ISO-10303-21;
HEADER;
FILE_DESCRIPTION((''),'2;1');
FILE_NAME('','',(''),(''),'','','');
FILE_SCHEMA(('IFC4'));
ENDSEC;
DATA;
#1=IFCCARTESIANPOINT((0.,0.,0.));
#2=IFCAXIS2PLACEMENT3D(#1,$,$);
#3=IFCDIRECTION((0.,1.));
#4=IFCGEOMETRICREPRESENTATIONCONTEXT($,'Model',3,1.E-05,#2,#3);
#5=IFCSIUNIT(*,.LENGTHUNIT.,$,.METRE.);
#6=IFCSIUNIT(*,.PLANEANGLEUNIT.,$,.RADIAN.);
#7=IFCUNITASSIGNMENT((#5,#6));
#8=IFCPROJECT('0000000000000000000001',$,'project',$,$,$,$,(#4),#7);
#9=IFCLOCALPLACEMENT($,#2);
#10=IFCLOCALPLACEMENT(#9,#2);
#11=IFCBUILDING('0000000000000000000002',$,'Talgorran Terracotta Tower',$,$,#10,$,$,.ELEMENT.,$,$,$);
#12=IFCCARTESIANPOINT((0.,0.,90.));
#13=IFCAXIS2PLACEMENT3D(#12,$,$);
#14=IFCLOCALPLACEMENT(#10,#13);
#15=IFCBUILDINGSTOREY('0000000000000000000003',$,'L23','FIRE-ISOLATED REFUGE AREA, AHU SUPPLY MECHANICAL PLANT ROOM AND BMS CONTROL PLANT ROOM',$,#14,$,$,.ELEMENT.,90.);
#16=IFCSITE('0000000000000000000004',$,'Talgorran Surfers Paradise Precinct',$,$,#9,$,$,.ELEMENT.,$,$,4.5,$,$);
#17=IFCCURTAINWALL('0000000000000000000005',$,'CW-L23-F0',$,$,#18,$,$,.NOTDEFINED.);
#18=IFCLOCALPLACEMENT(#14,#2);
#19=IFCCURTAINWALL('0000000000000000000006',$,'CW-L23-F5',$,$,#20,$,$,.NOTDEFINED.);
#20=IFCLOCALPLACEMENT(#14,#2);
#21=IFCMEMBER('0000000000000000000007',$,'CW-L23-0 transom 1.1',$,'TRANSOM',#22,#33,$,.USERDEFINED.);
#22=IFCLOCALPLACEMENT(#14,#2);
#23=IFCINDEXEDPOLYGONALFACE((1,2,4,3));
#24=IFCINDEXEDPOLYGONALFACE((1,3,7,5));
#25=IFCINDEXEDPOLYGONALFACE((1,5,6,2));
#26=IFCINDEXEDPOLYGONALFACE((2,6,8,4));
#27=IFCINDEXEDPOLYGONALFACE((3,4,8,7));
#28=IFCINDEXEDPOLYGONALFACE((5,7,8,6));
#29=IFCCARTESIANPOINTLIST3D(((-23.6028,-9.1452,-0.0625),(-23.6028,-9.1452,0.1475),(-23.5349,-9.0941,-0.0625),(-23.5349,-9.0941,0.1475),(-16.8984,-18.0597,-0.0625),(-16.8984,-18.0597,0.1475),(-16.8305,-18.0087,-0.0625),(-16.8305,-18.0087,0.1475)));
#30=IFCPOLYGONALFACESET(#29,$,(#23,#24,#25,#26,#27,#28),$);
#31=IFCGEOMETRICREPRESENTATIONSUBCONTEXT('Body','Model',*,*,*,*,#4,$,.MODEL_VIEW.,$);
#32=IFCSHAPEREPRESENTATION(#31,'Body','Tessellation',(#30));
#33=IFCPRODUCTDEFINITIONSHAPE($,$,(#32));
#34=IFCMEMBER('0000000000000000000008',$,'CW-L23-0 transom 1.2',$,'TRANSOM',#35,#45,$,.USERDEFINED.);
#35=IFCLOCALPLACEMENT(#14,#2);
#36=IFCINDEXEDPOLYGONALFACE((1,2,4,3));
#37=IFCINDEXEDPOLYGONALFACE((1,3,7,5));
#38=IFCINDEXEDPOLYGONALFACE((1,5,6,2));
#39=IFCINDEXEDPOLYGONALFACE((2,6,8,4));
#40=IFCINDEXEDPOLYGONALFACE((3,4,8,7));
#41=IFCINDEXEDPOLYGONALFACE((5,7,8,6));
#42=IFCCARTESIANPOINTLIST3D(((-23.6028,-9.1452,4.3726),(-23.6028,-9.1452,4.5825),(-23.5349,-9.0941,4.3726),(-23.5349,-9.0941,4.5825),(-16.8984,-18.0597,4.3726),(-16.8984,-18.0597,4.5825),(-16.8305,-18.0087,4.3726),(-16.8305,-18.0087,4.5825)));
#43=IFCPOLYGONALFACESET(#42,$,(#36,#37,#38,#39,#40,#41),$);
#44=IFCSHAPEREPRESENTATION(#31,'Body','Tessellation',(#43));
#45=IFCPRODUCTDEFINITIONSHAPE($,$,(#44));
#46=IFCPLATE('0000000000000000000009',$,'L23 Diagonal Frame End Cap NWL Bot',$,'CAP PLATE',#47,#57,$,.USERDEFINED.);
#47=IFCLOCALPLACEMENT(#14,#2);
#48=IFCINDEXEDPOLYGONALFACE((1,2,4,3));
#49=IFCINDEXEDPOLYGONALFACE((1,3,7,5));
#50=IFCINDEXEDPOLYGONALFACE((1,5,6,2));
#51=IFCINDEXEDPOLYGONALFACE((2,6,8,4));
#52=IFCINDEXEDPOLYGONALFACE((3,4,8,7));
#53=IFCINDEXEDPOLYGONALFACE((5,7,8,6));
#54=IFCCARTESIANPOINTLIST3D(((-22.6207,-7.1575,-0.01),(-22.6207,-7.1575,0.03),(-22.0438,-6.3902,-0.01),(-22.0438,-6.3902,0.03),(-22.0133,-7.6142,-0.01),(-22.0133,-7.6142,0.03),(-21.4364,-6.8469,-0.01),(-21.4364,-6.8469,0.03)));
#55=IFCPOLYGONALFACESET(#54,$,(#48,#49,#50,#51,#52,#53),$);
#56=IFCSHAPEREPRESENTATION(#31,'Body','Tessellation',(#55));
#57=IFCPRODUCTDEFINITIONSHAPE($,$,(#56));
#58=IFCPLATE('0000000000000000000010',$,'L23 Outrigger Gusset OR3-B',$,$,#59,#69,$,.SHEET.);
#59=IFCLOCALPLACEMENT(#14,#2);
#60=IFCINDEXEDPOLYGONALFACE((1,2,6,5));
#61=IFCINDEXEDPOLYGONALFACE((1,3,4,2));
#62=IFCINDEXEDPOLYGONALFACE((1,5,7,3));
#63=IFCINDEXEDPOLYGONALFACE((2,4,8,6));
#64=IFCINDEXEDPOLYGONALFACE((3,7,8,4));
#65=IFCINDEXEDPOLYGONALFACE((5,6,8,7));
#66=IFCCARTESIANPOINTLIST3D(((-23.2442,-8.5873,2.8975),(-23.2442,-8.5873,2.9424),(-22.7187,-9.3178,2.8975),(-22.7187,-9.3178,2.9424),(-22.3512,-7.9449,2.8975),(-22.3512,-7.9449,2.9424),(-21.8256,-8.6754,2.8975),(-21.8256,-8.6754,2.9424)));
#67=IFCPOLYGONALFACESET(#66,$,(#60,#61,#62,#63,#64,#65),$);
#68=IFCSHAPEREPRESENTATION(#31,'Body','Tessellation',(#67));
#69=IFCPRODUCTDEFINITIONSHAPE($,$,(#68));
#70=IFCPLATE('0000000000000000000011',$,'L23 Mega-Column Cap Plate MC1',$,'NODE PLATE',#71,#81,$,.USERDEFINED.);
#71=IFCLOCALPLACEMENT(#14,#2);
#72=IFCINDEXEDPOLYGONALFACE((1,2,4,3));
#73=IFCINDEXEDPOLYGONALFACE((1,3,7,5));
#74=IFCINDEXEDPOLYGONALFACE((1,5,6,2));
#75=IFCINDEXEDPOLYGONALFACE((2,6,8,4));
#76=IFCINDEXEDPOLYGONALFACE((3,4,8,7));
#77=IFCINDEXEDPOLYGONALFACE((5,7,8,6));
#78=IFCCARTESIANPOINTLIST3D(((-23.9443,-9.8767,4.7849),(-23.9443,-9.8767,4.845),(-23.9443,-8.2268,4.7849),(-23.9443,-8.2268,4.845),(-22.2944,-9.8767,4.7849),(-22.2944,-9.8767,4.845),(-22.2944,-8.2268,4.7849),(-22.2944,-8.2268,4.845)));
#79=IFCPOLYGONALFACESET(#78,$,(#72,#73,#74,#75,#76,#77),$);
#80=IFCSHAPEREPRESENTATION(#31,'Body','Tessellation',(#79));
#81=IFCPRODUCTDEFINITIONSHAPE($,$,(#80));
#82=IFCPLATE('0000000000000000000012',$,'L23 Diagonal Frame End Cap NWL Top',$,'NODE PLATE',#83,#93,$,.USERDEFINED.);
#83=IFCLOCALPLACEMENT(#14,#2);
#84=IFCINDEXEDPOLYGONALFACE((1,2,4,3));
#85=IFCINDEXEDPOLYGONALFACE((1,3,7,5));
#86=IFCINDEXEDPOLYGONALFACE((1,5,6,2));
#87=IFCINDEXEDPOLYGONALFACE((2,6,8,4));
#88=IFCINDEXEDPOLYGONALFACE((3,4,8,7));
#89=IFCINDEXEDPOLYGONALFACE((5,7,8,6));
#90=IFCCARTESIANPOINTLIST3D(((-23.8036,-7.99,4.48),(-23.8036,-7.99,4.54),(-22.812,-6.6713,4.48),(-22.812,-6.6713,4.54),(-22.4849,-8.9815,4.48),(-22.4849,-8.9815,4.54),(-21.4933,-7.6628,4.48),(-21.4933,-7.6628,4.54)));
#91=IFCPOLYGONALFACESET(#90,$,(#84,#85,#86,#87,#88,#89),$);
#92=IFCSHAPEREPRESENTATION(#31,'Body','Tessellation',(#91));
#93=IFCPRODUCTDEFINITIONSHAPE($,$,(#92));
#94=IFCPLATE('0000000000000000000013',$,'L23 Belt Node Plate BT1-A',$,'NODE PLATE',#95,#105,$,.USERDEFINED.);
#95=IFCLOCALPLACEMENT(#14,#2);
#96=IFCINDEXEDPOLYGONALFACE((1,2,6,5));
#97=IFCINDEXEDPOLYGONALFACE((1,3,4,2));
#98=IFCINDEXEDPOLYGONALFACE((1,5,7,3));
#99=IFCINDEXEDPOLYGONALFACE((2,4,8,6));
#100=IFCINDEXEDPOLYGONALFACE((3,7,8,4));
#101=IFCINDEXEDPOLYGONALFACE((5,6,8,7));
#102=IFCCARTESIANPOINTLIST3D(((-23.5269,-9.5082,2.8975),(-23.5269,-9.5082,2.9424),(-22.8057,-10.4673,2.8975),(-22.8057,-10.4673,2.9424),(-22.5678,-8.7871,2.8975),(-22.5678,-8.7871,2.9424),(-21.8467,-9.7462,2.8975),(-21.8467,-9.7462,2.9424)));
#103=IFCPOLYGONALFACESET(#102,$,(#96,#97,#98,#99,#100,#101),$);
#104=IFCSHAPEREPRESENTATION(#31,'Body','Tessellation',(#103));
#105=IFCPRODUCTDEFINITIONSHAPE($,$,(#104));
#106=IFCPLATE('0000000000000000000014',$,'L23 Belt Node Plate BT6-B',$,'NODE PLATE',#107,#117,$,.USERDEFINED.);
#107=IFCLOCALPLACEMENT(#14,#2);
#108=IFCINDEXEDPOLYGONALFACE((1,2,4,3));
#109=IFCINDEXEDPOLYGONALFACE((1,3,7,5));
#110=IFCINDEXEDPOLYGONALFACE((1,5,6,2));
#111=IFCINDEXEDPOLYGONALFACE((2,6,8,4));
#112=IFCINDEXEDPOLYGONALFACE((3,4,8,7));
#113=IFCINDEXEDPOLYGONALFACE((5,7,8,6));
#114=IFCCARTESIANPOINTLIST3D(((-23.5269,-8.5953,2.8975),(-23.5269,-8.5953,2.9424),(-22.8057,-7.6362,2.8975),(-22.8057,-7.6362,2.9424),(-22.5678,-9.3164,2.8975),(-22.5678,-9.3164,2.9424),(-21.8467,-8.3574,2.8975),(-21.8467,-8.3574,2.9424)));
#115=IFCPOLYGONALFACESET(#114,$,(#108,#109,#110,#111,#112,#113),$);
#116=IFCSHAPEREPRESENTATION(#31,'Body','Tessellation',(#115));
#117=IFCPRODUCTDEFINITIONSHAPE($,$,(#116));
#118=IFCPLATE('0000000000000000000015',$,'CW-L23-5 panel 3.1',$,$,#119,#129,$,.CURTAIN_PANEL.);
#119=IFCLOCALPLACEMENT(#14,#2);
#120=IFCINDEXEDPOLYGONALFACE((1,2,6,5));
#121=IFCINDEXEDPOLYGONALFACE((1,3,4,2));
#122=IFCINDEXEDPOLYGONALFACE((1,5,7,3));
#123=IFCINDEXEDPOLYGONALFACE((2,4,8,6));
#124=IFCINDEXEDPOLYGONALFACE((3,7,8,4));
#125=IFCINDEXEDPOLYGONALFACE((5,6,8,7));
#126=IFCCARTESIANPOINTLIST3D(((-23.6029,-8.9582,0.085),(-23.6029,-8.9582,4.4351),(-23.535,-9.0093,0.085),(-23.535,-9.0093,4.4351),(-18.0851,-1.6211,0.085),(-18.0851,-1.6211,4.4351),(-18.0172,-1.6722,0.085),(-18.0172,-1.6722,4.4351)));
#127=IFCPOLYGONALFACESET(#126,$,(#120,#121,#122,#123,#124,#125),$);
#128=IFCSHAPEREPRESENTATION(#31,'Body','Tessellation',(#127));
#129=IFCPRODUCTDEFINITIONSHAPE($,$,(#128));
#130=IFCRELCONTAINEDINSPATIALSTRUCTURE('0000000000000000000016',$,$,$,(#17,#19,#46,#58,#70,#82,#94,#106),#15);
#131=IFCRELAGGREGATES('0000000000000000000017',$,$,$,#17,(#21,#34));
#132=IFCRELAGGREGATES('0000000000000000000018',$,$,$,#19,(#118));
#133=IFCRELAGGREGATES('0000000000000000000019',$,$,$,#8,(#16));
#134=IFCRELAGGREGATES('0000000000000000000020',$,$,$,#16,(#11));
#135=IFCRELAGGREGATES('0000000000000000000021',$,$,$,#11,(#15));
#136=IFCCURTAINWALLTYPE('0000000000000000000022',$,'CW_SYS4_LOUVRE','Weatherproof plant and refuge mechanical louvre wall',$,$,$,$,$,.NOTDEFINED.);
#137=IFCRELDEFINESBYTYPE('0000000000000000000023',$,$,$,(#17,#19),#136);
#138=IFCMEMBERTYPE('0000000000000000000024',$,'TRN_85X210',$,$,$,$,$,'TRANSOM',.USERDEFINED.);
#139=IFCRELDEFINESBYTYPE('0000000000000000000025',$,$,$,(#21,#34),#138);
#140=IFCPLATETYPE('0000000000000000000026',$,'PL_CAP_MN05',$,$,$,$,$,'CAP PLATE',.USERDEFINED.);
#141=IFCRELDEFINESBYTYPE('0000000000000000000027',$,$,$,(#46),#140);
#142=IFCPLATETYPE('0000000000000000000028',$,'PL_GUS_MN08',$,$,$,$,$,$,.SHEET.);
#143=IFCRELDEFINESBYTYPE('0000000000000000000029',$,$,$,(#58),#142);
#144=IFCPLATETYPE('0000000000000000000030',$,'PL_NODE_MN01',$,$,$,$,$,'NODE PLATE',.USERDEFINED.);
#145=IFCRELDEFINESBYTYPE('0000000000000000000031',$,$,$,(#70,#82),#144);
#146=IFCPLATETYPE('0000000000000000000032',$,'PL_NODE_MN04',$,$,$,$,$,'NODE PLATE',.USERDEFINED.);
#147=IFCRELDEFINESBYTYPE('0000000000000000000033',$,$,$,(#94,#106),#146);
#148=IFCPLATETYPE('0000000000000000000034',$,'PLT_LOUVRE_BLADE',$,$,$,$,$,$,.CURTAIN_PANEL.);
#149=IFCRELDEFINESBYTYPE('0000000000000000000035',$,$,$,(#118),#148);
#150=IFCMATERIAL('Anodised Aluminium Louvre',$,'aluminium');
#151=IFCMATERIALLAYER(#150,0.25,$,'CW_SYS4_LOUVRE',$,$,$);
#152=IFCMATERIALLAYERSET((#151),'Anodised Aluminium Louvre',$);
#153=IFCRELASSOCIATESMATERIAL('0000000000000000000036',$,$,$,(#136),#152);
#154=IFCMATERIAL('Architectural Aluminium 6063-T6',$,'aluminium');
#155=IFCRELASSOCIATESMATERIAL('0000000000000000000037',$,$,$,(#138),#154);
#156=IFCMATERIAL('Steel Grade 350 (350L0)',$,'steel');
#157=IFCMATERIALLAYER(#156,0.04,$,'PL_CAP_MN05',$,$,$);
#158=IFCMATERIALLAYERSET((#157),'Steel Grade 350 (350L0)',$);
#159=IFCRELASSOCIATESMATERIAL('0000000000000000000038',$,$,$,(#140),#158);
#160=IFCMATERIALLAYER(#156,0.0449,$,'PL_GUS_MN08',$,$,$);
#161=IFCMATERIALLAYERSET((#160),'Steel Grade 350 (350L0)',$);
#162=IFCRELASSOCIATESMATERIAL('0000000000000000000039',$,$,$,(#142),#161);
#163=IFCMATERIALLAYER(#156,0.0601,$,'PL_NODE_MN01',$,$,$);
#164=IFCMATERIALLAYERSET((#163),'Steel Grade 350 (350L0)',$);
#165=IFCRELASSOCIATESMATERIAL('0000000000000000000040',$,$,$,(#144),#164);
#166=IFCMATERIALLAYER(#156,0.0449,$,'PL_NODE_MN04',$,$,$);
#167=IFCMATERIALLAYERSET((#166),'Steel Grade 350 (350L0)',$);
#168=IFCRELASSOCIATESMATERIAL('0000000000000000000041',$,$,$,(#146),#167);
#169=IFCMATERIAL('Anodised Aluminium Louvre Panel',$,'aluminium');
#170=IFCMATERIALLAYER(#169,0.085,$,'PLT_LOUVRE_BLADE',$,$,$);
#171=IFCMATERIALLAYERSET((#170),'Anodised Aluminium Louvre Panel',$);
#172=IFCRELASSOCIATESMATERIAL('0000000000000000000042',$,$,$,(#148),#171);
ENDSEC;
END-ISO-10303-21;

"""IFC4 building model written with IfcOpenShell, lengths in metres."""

from ifc_helpers import new_model, si_unit, direction, frame, origin, origin_2d, place, context, subcontext, project, spatial, rectangle, extrude, source, transform, mapped, material, layer, layer_set, material_profile, profile_set, type_object, type_shapes, element, aggregate, save


model = new_model("IFC4")

# Units and contexts
model_context = context("Model", 3, precision=1e-05, world=origin(), true_north=direction((0.0, 1.0)))
body_context = subcontext(model_context, "Body", "Model", "MODEL_VIEW")
ifc_project = project(units=[si_unit("LENGTHUNIT", "METRE"), si_unit("PLANEANGLEUNIT", "RADIAN")], contexts=[model_context])

# Site, building, storey
site_placement = place(None, origin())
site = spatial("IfcSite", under=ifc_project, at=site_placement, Name="Talgorran Surfers Paradise Precinct", CompositionType="ELEMENT", RefElevation=4.5)
building_placement = place(site_placement, origin())
building = spatial("IfcBuilding", under=site, at=building_placement, Name="Talgorran Terracotta Tower", CompositionType="ELEMENT")
storey_placement = place(building_placement, frame((0.0, 0.0, 90.0)))
storey = spatial("IfcBuildingStorey", under=building, at=storey_placement, Name="L23", Description="FIRE-ISOLATED REFUGE AREA, AHU SUPPLY MECHANICAL PLANT ROOM AND BMS CONTROL PLANT ROOM", CompositionType="ELEMENT", Elevation=90.0)

# Shared definitions
ifc_material_1 = material(Name="Steel Grade 350 (350L0)", Category="steel")

# Curtain walls
ifc_material_2 = material(Name="Anodised Aluminium Louvre", Category="aluminium")
ifc_layer_1 = layer(ifc_material_2, 0.25, Name="CW_SYS4_LOUVRE")
ifc_layer_set_1 = layer_set([ifc_layer_1], Name="Anodised Aluminium Louvre")
curtain_wall_type = type_object("IfcCurtainWallType", Name="CW_SYS4_LOUVRE", Description="Weatherproof plant and refuge mechanical louvre wall", PredefinedType="NOTDEFINED", material=ifc_layer_set_1)
curtain_wall_1_placement = place(storey_placement, origin())
curtain_wall_1 = element("IfcCurtainWall", 1, at=curtain_wall_1_placement, inside=storey, type_object=curtain_wall_type, Name="CW-L23-F0", PredefinedType="NOTDEFINED")
ifc_material_3 = material(Name="Architectural Aluminium 6063-T6", Category="aluminium")
curtain_wall_2_placement = place(storey_placement, origin())
curtain_wall_2 = element("IfcCurtainWall", 2, at=curtain_wall_2_placement, inside=storey, type_object=curtain_wall_type, Name="CW-L23-F5", PredefinedType="NOTDEFINED")

# Members
ifc_material_profile_1 = material_profile(ifc_material_3, rectangle(XDim=0.085, YDim=0.21, at=origin_2d()), Name="CWT85X210")
ifc_profile_set_1 = profile_set([ifc_material_profile_1], Name="Architectural Aluminium 6063-T6")
member_type_1 = type_object("IfcMemberType", Name="TRN_85X210", ElementType="TRANSOM", PredefinedType="USERDEFINED", material=ifc_profile_set_1)
member_1_placement = place(storey_placement, frame((-23.5688, -9.1196, 0.0425), z_axis=(0.601057, -0.799206, 0.0), x_axis=(0.799206, 0.601057, 0.0)))
member_1 = element("IfcMember", 3, at=member_1_placement, type_object=member_type_1, Name="CW-L23-0 transom 1.1", ObjectType="TRANSOM", PredefinedType="USERDEFINED", context=body_context, shape_type="SweptSolid", body=[
    extrude(rectangle(XDim=0.085, YDim=0.21, at=origin_2d()), origin(), (0.0, 0.0, 1.0), 11.1543),
])
member_2_placement = place(storey_placement, frame((-23.5688, -9.1196, 4.4775), z_axis=(0.601057, -0.799206, 0.0), x_axis=(0.799206, 0.601057, 0.0)))
member_2 = element("IfcMember", 4, at=member_2_placement, type_object=member_type_1, Name="CW-L23-0 transom 1.2", ObjectType="TRANSOM", PredefinedType="USERDEFINED", context=body_context, shape_type="SweptSolid", body=[
    extrude(rectangle(XDim=0.085, YDim=0.21, at=origin_2d()), origin(), (0.0, 0.0, 1.0), 11.1543),
])
aggregate(curtain_wall_1, [member_1, member_2])

# Plates
ifc_layer_2 = layer(ifc_material_1, 0.04, Name="PL_CAP_MN05")
ifc_layer_set_2 = layer_set([ifc_layer_2], Name="Steel Grade 350 (350L0)")
plate_type_1 = type_object("IfcPlateType", Name="PL_CAP_MN05", ElementType="CAP PLATE", PredefinedType="USERDEFINED", material=ifc_layer_set_2)
plate_1_placement = place(storey_placement, frame((-22.0286, -7.0022, -0.01), z_axis=(0.0, 0.0, 1.0), x_axis=(-0.600978, -0.799265, 0.0)))
element("IfcPlate", 5, at=plate_1_placement, inside=storey, type_object=plate_type_1, Name="L23 Diagonal Frame End Cap NWL Bot", ObjectType="CAP PLATE", PredefinedType="USERDEFINED", context=body_context, shape_type="SweptSolid", body=[
    extrude(rectangle(XDim=0.96, YDim=0.76, at=origin_2d()), origin(), (0.0, 0.0, 1.0), 0.04),
])
ifc_layer_3 = layer(ifc_material_1, 0.0449, Name="PL_GUS_MN08")
ifc_layer_set_3 = layer_set([ifc_layer_3], Name="Steel Grade 350 (350L0)")
plate_type_2 = type_object("IfcPlateType", Name="PL_GUS_MN08", PredefinedType="SHEET", material=ifc_layer_set_3)
plate_2_placement = place(storey_placement, frame((-22.5349, -8.6313, 2.8975), z_axis=(0.0, 0.0, 1.0), x_axis=(-0.811778, -0.583966, 0.0)))
element("IfcPlate", 6, at=plate_2_placement, inside=storey, type_object=plate_type_2, Name="L23 Outrigger Gusset OR3-B", PredefinedType="SHEET", context=body_context, shape_type="SweptSolid", body=[
    extrude(rectangle(XDim=1.1001, YDim=0.8999, at=origin_2d()), origin(), (0.0, 0.0, 1.0), 0.0449),
])
ifc_layer_4 = layer(ifc_material_1, 0.0601, Name="PL_NODE_MN01")
ifc_layer_set_4 = layer_set([ifc_layer_4], Name="Steel Grade 350 (350L0)")
plate_type_3 = type_object("IfcPlateType", Name="PL_NODE_MN01", ElementType="NODE PLATE", PredefinedType="USERDEFINED", material=ifc_layer_set_4)
for number, where, z_axis, x_axis, name in (
    (7, (-23.1194, -9.0518, 4.7849), (0.0, 0.0, 1.0), (1.0, 0.0, 0.0), "L23 Mega-Column Cap Plate MC1"),
    (8, (-22.6484, -7.8264, 4.48), (0.0, 0.0, 1.0), (-0.600978, -0.799265, 0.0), "L23 Diagonal Frame End Cap NWL Top"),
):
    element("IfcPlate", number, at=place(storey_placement, frame(where, z_axis=z_axis, x_axis=x_axis)), inside=storey, type_object=plate_type_3, Name=name, ObjectType="NODE PLATE", PredefinedType="USERDEFINED", context=body_context, shape_type="SweptSolid", body=[
        extrude(rectangle(XDim=1.6499, YDim=1.6499, at=origin_2d()), origin(), (0.0, 0.0, 1.0), 0.0601),
    ])
ifc_layer_5 = layer(ifc_material_1, 0.0449, Name="PL_NODE_MN04")
ifc_layer_set_5 = layer_set([ifc_layer_5], Name="Steel Grade 350 (350L0)")
plate_type_4 = type_object("IfcPlateType", Name="PL_NODE_MN04", ElementType="NODE PLATE", PredefinedType="USERDEFINED", material=ifc_layer_set_5)
for number, where, z_axis, x_axis, name in (
    (9, (-22.6868, -9.6272, 2.8975), (0.0, 0.0, 1.0), (0.600978, -0.799265, 0.0), "L23 Belt Node Plate BT1-A"),
    (10, (-22.6868, -8.4763, 2.8975), (0.0, 0.0, 1.0), (-0.600978, -0.799265, 0.0), "L23 Belt Node Plate BT6-B"),
):
    element("IfcPlate", number, at=place(storey_placement, frame(where, z_axis=z_axis, x_axis=x_axis)), inside=storey, type_object=plate_type_4, Name=name, ObjectType="NODE PLATE", PredefinedType="USERDEFINED", context=body_context, shape_type="SweptSolid", body=[
        extrude(rectangle(XDim=1.2, YDim=1.2, at=origin_2d()), origin(), (0.0, 0.0, 1.0), 0.0449),
    ])

# Plate
ifc_material_4 = material(Name="Anodised Aluminium Louvre Panel", Category="aluminium")
ifc_layer_6 = layer(ifc_material_4, 0.085, Name="PLT_LOUVRE_BLADE")
ifc_layer_set_6 = layer_set([ifc_layer_6], Name="Anodised Aluminium Louvre Panel")
plate_type_5 = type_object("IfcPlateType", Name="PLT_LOUVRE_BLADE", PredefinedType="CURTAIN_PANEL", material=ifc_layer_set_6)
shared_shape = source(origin(), body_context, "Body", "SweptSolid", [
    extrude(rectangle(XDim=9.1804, YDim=0.085, at=origin_2d()), origin(), (0.0, 0.0, 1.0), 4.3501),
])
type_shapes(plate_type_5, [shared_shape])
plate_3_placement = place(storey_placement, frame((-20.8101, -5.3152, 0.085), z_axis=(0.0, 0.0, 1.0), x_axis=(-0.601047, -0.799214, 0.0)))
plate_3 = element("IfcPlate", 11, at=plate_3_placement, type_object=plate_type_5, Name="CW-L23-5 panel 3.1", PredefinedType="CURTAIN_PANEL", context=body_context, shape_type="MappedRepresentation", body=[
    mapped(shared_shape, transform((0.0, 0.0, 0.0), scale=1.0)),
])
aggregate(curtain_wall_2, [plate_3])

save(model, "model.ifc")
